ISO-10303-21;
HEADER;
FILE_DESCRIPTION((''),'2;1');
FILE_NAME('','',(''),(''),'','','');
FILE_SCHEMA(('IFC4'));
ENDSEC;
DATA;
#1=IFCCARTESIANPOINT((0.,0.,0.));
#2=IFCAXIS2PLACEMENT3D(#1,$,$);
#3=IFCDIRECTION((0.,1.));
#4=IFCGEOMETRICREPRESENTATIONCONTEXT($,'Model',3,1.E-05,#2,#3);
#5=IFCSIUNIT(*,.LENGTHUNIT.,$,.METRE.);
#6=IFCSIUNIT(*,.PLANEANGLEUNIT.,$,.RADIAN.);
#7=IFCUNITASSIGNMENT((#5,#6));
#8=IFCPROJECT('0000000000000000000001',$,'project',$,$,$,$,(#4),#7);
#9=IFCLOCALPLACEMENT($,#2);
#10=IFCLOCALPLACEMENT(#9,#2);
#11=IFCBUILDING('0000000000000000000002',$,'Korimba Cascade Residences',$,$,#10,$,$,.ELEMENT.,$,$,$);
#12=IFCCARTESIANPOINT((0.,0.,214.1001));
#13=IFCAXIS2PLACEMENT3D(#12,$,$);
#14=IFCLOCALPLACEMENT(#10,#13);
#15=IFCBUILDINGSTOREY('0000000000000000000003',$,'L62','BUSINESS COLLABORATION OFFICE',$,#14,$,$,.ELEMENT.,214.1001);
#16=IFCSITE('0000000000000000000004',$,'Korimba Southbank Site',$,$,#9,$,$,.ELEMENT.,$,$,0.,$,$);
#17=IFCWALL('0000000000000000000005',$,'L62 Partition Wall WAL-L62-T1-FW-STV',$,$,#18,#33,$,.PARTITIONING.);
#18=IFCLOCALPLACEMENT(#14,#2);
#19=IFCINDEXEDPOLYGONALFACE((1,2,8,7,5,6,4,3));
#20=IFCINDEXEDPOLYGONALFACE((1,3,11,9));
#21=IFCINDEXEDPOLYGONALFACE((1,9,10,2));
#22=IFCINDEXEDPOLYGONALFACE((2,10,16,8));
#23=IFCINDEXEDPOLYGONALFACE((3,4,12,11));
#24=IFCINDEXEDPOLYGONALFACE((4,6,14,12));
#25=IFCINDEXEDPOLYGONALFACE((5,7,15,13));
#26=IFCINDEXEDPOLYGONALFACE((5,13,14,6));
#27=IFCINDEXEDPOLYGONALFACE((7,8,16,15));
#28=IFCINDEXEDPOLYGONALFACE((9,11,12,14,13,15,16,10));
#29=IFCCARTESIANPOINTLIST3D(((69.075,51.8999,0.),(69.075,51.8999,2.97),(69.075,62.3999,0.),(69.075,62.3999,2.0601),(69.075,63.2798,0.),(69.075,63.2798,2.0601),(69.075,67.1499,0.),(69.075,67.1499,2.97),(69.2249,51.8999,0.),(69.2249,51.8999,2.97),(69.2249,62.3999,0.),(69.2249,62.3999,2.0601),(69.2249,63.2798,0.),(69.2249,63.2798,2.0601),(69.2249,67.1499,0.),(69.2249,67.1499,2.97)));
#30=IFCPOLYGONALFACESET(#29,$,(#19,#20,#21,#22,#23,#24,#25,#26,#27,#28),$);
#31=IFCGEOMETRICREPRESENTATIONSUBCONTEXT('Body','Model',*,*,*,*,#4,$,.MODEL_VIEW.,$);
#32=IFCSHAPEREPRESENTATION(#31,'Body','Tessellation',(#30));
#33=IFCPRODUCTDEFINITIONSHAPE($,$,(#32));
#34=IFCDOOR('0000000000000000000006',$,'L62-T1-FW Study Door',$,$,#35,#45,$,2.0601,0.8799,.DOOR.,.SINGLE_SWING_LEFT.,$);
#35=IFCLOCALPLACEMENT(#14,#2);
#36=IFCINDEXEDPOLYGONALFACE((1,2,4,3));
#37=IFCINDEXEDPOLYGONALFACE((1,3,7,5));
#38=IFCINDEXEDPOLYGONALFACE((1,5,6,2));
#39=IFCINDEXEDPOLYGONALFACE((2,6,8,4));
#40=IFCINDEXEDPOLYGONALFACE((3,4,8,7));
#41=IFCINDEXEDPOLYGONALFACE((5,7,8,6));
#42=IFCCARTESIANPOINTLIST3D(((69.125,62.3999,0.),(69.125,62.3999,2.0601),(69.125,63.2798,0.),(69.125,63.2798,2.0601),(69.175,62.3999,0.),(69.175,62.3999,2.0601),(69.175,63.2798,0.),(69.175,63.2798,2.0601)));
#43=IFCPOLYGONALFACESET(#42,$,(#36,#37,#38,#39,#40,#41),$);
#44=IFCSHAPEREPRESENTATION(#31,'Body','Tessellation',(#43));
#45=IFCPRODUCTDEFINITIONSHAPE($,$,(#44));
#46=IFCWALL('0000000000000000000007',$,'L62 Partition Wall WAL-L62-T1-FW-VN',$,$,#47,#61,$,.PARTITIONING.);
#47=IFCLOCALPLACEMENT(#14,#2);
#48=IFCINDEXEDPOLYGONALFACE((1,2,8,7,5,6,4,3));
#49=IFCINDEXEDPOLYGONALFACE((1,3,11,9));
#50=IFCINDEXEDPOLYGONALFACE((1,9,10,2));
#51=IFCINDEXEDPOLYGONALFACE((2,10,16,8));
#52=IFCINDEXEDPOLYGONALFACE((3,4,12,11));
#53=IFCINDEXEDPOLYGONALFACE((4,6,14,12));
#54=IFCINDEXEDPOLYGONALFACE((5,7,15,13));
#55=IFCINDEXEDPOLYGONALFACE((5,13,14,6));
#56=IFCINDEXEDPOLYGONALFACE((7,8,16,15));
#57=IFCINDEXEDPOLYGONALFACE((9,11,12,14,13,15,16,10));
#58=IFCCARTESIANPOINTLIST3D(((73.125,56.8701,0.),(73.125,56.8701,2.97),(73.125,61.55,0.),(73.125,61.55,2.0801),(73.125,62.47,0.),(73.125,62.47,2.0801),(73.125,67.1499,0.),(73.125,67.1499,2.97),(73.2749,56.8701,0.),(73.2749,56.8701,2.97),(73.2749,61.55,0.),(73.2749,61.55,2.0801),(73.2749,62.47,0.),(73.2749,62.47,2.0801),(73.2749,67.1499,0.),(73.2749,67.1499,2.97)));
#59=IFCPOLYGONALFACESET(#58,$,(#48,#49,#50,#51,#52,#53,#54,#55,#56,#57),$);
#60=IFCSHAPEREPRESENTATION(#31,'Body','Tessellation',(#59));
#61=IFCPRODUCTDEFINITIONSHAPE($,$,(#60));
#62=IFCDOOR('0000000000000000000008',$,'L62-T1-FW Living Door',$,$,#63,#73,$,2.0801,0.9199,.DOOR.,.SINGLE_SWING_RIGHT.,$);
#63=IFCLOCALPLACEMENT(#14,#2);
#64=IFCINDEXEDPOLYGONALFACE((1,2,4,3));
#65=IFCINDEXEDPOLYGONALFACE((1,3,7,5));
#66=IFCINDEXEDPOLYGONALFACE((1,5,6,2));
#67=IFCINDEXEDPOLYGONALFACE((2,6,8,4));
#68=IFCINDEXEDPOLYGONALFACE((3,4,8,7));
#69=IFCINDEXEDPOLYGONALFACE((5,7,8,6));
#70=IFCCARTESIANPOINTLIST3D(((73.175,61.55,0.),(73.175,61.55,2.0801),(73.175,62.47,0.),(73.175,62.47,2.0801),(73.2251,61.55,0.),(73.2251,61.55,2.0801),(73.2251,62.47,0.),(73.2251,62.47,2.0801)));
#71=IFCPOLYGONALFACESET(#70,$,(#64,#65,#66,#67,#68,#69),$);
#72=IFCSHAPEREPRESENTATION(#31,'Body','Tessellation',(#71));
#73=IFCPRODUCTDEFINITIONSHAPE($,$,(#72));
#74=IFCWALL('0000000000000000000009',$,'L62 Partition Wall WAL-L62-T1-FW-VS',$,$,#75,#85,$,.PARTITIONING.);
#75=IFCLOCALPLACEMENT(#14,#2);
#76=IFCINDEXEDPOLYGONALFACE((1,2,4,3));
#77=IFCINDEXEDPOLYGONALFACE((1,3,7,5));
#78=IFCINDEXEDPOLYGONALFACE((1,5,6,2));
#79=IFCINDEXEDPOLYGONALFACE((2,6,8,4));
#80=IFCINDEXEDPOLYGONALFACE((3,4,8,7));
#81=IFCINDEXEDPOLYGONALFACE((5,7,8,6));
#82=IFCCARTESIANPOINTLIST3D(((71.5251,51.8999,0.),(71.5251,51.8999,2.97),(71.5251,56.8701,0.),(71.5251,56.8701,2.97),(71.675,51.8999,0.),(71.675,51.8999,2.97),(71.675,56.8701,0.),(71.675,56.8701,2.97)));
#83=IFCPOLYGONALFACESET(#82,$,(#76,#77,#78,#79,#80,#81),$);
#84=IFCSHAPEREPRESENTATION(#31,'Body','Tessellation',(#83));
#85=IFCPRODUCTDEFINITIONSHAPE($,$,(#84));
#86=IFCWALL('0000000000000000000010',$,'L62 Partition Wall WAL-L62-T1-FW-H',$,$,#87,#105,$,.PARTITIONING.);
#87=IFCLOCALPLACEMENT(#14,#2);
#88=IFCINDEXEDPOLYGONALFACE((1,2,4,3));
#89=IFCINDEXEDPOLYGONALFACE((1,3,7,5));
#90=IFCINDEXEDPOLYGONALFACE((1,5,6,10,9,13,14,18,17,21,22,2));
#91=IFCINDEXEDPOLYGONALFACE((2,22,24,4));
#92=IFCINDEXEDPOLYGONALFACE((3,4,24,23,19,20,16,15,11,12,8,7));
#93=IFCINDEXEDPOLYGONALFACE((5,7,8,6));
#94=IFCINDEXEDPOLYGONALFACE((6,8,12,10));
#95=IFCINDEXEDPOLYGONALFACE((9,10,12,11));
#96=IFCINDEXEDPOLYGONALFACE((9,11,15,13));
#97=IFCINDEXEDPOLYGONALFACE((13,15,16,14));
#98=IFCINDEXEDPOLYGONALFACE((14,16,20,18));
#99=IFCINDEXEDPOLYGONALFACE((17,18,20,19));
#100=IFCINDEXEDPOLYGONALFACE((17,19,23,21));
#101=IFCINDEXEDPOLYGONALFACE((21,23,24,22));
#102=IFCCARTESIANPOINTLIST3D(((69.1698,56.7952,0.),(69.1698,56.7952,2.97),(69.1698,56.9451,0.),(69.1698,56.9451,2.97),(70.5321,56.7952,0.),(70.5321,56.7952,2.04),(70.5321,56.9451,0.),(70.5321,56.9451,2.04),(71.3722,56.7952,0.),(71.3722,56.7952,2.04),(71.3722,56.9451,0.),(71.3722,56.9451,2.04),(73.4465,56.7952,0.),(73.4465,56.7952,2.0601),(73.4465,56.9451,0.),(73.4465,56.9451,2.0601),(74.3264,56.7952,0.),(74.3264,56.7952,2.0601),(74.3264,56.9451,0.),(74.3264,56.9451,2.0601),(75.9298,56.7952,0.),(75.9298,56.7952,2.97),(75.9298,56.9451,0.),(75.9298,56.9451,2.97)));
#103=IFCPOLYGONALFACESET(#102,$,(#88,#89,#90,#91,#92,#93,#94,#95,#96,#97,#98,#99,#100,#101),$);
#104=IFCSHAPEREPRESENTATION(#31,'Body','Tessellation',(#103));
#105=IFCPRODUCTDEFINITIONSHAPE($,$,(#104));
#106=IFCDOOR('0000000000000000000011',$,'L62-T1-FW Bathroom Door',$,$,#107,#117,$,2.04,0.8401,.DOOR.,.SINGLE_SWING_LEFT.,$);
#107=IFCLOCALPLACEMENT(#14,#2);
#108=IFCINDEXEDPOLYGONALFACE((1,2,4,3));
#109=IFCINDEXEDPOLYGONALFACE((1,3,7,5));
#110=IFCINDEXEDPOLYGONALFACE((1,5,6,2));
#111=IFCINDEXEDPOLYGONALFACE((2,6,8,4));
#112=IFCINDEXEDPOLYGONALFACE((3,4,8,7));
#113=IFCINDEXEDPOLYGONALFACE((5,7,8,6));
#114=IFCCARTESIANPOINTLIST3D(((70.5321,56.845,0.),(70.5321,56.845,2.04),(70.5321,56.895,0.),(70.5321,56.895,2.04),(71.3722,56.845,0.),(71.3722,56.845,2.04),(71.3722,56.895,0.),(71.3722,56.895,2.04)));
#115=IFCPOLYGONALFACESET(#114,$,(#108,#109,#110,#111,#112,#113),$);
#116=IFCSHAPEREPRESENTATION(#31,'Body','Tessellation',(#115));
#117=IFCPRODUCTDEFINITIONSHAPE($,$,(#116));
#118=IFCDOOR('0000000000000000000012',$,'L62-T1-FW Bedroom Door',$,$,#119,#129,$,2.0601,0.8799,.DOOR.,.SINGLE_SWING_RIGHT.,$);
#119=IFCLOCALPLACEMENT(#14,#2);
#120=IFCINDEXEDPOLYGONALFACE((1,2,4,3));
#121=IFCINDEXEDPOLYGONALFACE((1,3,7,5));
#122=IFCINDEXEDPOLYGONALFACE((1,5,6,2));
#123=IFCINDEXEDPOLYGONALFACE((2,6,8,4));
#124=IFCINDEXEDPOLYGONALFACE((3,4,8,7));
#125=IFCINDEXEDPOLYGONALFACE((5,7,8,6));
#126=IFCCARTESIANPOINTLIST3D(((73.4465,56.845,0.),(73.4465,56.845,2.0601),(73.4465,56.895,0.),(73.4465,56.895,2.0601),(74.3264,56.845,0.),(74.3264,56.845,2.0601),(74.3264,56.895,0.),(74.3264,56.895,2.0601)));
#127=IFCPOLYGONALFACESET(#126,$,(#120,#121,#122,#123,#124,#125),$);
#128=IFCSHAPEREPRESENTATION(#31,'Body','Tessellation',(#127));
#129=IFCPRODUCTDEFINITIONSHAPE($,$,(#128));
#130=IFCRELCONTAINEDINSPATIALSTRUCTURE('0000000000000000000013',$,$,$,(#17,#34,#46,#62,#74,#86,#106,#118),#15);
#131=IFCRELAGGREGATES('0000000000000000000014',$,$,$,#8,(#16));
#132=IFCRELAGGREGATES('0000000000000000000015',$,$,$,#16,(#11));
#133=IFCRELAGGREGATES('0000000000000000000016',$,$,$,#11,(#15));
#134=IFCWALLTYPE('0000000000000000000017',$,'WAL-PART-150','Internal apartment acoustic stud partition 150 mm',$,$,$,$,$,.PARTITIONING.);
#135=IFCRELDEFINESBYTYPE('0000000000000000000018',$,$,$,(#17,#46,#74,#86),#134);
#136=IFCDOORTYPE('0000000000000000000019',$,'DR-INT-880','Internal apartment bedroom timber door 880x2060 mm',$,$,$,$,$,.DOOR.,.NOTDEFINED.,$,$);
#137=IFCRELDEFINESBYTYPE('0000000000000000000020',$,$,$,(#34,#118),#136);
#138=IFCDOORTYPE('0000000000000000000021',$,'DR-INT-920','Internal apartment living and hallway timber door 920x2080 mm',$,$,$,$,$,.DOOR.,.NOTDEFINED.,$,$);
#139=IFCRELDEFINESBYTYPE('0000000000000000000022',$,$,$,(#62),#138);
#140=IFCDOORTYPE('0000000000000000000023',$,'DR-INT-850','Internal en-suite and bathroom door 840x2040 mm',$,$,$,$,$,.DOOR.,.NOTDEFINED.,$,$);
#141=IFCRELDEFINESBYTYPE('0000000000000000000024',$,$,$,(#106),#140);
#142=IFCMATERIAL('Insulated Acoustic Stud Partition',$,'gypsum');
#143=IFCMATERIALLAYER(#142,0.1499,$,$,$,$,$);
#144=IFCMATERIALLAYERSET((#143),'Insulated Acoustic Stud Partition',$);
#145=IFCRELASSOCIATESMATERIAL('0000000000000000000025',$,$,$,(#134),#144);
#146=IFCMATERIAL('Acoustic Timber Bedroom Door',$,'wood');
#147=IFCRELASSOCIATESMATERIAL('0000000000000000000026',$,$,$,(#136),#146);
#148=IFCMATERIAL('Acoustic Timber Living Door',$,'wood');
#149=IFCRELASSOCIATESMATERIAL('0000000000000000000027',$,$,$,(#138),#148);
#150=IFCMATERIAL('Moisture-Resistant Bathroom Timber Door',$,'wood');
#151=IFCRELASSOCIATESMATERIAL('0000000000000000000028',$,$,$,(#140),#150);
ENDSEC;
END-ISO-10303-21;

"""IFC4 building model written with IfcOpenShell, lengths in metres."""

from ifc_helpers import new_model, si_unit, direction, frame, frame_2d, origin, place, context, subcontext, project, spatial, rectangle, extrude, material, layer, layer_set, type_object, element, fill, save


model = new_model("IFC4")

# Units and contexts
model_context = context("Model", 3, precision=1e-05, world=origin(), true_north=direction((0.0, 1.0)))
body_context = subcontext(model_context, "Body", "Model", "MODEL_VIEW")
ifc_project = project(units=[si_unit("LENGTHUNIT", "METRE"), si_unit("PLANEANGLEUNIT", "RADIAN")], contexts=[model_context])

# Site, building, storey
site_placement = place(None, origin())
site = spatial("IfcSite", under=ifc_project, at=site_placement, Name="Korimba Southbank Site", CompositionType="ELEMENT", RefElevation=0.0)
building_placement = place(site_placement, origin())
building = spatial("IfcBuilding", under=site, at=building_placement, Name="Korimba Cascade Residences", CompositionType="ELEMENT")
storey_placement = place(building_placement, frame((0.0, 0.0, 214.1001)))
storey = spatial("IfcBuildingStorey", under=building, at=storey_placement, Name="L62", Description="BUSINESS COLLABORATION OFFICE", CompositionType="ELEMENT", Elevation=214.1001)

# Walls, openings, doors
ifc_material_1 = material(Name="Insulated Acoustic Stud Partition", Category="gypsum")
ifc_layer_1 = layer(ifc_material_1, 0.1499)
ifc_layer_set_1 = layer_set([ifc_layer_1], Name="Insulated Acoustic Stud Partition")
wall_type_1 = type_object("IfcWallType", Name="WAL-PART-150", Description="Internal apartment acoustic stud partition 150 mm", PredefinedType="PARTITIONING", material=ifc_layer_set_1)
wall_1_placement = place(storey_placement, frame((69.1499, 51.8999, 0.0), z_axis=(0.0, 0.0, 1.0), x_axis=(0.0, 1.0, 0.0)))
wall_1 = element("IfcWall", 1, at=wall_1_placement, inside=storey, type_object=wall_type_1, Name="L62 Partition Wall WAL-L62-T1-FW-STV", PredefinedType="PARTITIONING", context=body_context, shape_type="SweptSolid", body=[
    extrude(rectangle(XDim=15.25, YDim=0.1499, at=frame_2d((7.625, 0.0))), origin(), (0.0, 0.0, 1.0), 2.97),
])
opening_1_placement = place(wall_1_placement, frame((10.5, 0.0, 0.0)))
opening_1 = element("IfcOpeningElement", 2, at=opening_1_placement, cuts=wall_1, PredefinedType="OPENING", context=body_context, shape_type="SweptSolid", body=[
    extrude(rectangle(XDim=0.8799, YDim=2.0601, at=frame_2d((0.4399, 1.03))), frame((0.0, 0.085, 0.0), z_axis=(0.0, -1.0, 0.0), x_axis=(1.0, 0.0, 0.0)), (0.0, 0.0, 1.0), 0.1699),
])
ifc_material_2 = material(Name="Acoustic Timber Bedroom Door", Category="wood")
door_type_1 = type_object("IfcDoorType", Name="DR-INT-880", Description="Internal apartment bedroom timber door 880x2060 mm", OperationType="NOTDEFINED", PredefinedType="DOOR", material=ifc_material_2)
door_1_placement = place(opening_1_placement, origin())
door_1 = element("IfcDoor", 3, at=door_1_placement, inside=storey, type_object=door_type_1, Name="L62-T1-FW Study Door", OperationType="SINGLE_SWING_LEFT", OverallHeight=2.0601, OverallWidth=0.8799, PredefinedType="DOOR", context=body_context, shape_type="SweptSolid", body=[
    extrude(rectangle(XDim=0.8799, YDim=2.0601, at=frame_2d((0.4399, 1.03))), frame((0.0, 0.0249, 0.0), z_axis=(0.0, -1.0, 0.0), x_axis=(1.0, 0.0, 0.0)), (0.0, 0.0, 1.0), 0.05),
])
fill(opening_1, door_1)
wall_2_placement = place(storey_placement, frame((73.2, 56.8701, 0.0), z_axis=(0.0, 0.0, 1.0), x_axis=(0.0, 1.0, 0.0)))
wall_2 = element("IfcWall", 4, at=wall_2_placement, inside=storey, type_object=wall_type_1, Name="L62 Partition Wall WAL-L62-T1-FW-VN", PredefinedType="PARTITIONING", context=body_context, shape_type="SweptSolid", body=[
    extrude(rectangle(XDim=10.2798, YDim=0.1499, at=frame_2d((5.1399, 0.0))), origin(), (0.0, 0.0, 1.0), 2.97),
])
opening_2_placement = place(wall_2_placement, frame((4.6799, 0.0, 0.0)))
opening_2 = element("IfcOpeningElement", 5, at=opening_2_placement, cuts=wall_2, PredefinedType="OPENING", context=body_context, shape_type="SweptSolid", body=[
    extrude(rectangle(XDim=0.9199, YDim=2.0801, at=frame_2d((0.46, 1.04))), frame((0.0, 0.085, 0.0), z_axis=(0.0, -1.0, 0.0), x_axis=(1.0, 0.0, 0.0)), (0.0, 0.0, 1.0), 0.1699),
])
ifc_material_3 = material(Name="Acoustic Timber Living Door", Category="wood")
door_type_2 = type_object("IfcDoorType", Name="DR-INT-920", Description="Internal apartment living and hallway timber door 920x2080 mm", OperationType="NOTDEFINED", PredefinedType="DOOR", material=ifc_material_3)
door_2_placement = place(opening_2_placement, origin())
door_2 = element("IfcDoor", 6, at=door_2_placement, inside=storey, type_object=door_type_2, Name="L62-T1-FW Living Door", OperationType="SINGLE_SWING_RIGHT", OverallHeight=2.0801, OverallWidth=0.9199, PredefinedType="DOOR", context=body_context, shape_type="SweptSolid", body=[
    extrude(rectangle(XDim=0.9199, YDim=2.0801, at=frame_2d((0.46, 1.04))), frame((0.0, 0.0249, 0.0), z_axis=(0.0, -1.0, 0.0), x_axis=(1.0, 0.0, 0.0)), (0.0, 0.0, 1.0), 0.05),
])
fill(opening_2, door_2)

# Wall
wall_3_placement = place(storey_placement, frame((71.6001, 51.8999, 0.0), z_axis=(0.0, 0.0, 1.0), x_axis=(0.0, 1.0, 0.0)))
element("IfcWall", 7, at=wall_3_placement, inside=storey, type_object=wall_type_1, Name="L62 Partition Wall WAL-L62-T1-FW-VS", PredefinedType="PARTITIONING", context=body_context, shape_type="SweptSolid", body=[
    extrude(rectangle(XDim=4.9702, YDim=0.1499, at=frame_2d((2.4851, 0.0))), origin(), (0.0, 0.0, 1.0), 2.97),
])

# Wall, openings, doors
wall_4_placement = place(storey_placement, frame((69.1699, 56.8701, 0.0), z_axis=(0.0, 0.0, 1.0), x_axis=(1.0, 0.0, 0.0)))
wall_4 = element("IfcWall", 8, at=wall_4_placement, inside=storey, type_object=wall_type_1, Name="L62 Partition Wall WAL-L62-T1-FW-H", PredefinedType="PARTITIONING", context=body_context, shape_type="SweptSolid", body=[
    extrude(rectangle(XDim=6.76, YDim=0.1499, at=frame_2d((3.3799, 0.0))), origin(), (0.0, 0.0, 1.0), 2.97),
])
opening_3_placement = place(wall_4_placement, frame((1.3623, 0.0, 0.0)))
opening_3 = element("IfcOpeningElement", 9, at=opening_3_placement, cuts=wall_4, PredefinedType="OPENING", context=body_context, shape_type="SweptSolid", body=[
    extrude(rectangle(XDim=0.8401, YDim=2.04, at=frame_2d((0.4199, 1.02))), frame((0.0, 0.085, 0.0), z_axis=(0.0, -1.0, 0.0), x_axis=(1.0, 0.0, 0.0)), (0.0, 0.0, 1.0), 0.1699),
])
opening_4_placement = place(wall_4_placement, frame((4.2766, 0.0, 0.0)))
opening_4 = element("IfcOpeningElement", 10, at=opening_4_placement, cuts=wall_4, PredefinedType="OPENING", context=body_context, shape_type="SweptSolid", body=[
    extrude(rectangle(XDim=0.8799, YDim=2.0601, at=frame_2d((0.4399, 1.03))), frame((0.0, 0.085, 0.0), z_axis=(0.0, -1.0, 0.0), x_axis=(1.0, 0.0, 0.0)), (0.0, 0.0, 1.0), 0.1699),
])
ifc_material_4 = material(Name="Moisture-Resistant Bathroom Timber Door", Category="wood")
door_type_3 = type_object("IfcDoorType", Name="DR-INT-850", Description="Internal en-suite and bathroom door 840x2040 mm", OperationType="NOTDEFINED", PredefinedType="DOOR", material=ifc_material_4)
door_3_placement = place(opening_3_placement, origin())
door_3 = element("IfcDoor", 11, at=door_3_placement, inside=storey, type_object=door_type_3, Name="L62-T1-FW Bathroom Door", OperationType="SINGLE_SWING_LEFT", OverallHeight=2.04, OverallWidth=0.8401, PredefinedType="DOOR", context=body_context, shape_type="SweptSolid", body=[
    extrude(rectangle(XDim=0.8401, YDim=2.04, at=frame_2d((0.4199, 1.02))), frame((0.0, 0.0249, 0.0), z_axis=(0.0, -1.0, 0.0), x_axis=(1.0, 0.0, 0.0)), (0.0, 0.0, 1.0), 0.05),
])
fill(opening_3, door_3)
door_4_placement = place(opening_4_placement, origin())
door_4 = element("IfcDoor", 12, at=door_4_placement, inside=storey, type_object=door_type_1, Name="L62-T1-FW Bedroom Door", OperationType="SINGLE_SWING_RIGHT", OverallHeight=2.0601, OverallWidth=0.8799, PredefinedType="DOOR", context=body_context, shape_type="SweptSolid", body=[
    extrude(rectangle(XDim=0.8799, YDim=2.0601, at=frame_2d((0.4399, 1.03))), frame((0.0, 0.0249, 0.0), z_axis=(0.0, -1.0, 0.0), x_axis=(1.0, 0.0, 0.0)), (0.0, 0.0, 1.0), 0.05),
])
fill(opening_4, door_4)

save(model, "model.ifc")
